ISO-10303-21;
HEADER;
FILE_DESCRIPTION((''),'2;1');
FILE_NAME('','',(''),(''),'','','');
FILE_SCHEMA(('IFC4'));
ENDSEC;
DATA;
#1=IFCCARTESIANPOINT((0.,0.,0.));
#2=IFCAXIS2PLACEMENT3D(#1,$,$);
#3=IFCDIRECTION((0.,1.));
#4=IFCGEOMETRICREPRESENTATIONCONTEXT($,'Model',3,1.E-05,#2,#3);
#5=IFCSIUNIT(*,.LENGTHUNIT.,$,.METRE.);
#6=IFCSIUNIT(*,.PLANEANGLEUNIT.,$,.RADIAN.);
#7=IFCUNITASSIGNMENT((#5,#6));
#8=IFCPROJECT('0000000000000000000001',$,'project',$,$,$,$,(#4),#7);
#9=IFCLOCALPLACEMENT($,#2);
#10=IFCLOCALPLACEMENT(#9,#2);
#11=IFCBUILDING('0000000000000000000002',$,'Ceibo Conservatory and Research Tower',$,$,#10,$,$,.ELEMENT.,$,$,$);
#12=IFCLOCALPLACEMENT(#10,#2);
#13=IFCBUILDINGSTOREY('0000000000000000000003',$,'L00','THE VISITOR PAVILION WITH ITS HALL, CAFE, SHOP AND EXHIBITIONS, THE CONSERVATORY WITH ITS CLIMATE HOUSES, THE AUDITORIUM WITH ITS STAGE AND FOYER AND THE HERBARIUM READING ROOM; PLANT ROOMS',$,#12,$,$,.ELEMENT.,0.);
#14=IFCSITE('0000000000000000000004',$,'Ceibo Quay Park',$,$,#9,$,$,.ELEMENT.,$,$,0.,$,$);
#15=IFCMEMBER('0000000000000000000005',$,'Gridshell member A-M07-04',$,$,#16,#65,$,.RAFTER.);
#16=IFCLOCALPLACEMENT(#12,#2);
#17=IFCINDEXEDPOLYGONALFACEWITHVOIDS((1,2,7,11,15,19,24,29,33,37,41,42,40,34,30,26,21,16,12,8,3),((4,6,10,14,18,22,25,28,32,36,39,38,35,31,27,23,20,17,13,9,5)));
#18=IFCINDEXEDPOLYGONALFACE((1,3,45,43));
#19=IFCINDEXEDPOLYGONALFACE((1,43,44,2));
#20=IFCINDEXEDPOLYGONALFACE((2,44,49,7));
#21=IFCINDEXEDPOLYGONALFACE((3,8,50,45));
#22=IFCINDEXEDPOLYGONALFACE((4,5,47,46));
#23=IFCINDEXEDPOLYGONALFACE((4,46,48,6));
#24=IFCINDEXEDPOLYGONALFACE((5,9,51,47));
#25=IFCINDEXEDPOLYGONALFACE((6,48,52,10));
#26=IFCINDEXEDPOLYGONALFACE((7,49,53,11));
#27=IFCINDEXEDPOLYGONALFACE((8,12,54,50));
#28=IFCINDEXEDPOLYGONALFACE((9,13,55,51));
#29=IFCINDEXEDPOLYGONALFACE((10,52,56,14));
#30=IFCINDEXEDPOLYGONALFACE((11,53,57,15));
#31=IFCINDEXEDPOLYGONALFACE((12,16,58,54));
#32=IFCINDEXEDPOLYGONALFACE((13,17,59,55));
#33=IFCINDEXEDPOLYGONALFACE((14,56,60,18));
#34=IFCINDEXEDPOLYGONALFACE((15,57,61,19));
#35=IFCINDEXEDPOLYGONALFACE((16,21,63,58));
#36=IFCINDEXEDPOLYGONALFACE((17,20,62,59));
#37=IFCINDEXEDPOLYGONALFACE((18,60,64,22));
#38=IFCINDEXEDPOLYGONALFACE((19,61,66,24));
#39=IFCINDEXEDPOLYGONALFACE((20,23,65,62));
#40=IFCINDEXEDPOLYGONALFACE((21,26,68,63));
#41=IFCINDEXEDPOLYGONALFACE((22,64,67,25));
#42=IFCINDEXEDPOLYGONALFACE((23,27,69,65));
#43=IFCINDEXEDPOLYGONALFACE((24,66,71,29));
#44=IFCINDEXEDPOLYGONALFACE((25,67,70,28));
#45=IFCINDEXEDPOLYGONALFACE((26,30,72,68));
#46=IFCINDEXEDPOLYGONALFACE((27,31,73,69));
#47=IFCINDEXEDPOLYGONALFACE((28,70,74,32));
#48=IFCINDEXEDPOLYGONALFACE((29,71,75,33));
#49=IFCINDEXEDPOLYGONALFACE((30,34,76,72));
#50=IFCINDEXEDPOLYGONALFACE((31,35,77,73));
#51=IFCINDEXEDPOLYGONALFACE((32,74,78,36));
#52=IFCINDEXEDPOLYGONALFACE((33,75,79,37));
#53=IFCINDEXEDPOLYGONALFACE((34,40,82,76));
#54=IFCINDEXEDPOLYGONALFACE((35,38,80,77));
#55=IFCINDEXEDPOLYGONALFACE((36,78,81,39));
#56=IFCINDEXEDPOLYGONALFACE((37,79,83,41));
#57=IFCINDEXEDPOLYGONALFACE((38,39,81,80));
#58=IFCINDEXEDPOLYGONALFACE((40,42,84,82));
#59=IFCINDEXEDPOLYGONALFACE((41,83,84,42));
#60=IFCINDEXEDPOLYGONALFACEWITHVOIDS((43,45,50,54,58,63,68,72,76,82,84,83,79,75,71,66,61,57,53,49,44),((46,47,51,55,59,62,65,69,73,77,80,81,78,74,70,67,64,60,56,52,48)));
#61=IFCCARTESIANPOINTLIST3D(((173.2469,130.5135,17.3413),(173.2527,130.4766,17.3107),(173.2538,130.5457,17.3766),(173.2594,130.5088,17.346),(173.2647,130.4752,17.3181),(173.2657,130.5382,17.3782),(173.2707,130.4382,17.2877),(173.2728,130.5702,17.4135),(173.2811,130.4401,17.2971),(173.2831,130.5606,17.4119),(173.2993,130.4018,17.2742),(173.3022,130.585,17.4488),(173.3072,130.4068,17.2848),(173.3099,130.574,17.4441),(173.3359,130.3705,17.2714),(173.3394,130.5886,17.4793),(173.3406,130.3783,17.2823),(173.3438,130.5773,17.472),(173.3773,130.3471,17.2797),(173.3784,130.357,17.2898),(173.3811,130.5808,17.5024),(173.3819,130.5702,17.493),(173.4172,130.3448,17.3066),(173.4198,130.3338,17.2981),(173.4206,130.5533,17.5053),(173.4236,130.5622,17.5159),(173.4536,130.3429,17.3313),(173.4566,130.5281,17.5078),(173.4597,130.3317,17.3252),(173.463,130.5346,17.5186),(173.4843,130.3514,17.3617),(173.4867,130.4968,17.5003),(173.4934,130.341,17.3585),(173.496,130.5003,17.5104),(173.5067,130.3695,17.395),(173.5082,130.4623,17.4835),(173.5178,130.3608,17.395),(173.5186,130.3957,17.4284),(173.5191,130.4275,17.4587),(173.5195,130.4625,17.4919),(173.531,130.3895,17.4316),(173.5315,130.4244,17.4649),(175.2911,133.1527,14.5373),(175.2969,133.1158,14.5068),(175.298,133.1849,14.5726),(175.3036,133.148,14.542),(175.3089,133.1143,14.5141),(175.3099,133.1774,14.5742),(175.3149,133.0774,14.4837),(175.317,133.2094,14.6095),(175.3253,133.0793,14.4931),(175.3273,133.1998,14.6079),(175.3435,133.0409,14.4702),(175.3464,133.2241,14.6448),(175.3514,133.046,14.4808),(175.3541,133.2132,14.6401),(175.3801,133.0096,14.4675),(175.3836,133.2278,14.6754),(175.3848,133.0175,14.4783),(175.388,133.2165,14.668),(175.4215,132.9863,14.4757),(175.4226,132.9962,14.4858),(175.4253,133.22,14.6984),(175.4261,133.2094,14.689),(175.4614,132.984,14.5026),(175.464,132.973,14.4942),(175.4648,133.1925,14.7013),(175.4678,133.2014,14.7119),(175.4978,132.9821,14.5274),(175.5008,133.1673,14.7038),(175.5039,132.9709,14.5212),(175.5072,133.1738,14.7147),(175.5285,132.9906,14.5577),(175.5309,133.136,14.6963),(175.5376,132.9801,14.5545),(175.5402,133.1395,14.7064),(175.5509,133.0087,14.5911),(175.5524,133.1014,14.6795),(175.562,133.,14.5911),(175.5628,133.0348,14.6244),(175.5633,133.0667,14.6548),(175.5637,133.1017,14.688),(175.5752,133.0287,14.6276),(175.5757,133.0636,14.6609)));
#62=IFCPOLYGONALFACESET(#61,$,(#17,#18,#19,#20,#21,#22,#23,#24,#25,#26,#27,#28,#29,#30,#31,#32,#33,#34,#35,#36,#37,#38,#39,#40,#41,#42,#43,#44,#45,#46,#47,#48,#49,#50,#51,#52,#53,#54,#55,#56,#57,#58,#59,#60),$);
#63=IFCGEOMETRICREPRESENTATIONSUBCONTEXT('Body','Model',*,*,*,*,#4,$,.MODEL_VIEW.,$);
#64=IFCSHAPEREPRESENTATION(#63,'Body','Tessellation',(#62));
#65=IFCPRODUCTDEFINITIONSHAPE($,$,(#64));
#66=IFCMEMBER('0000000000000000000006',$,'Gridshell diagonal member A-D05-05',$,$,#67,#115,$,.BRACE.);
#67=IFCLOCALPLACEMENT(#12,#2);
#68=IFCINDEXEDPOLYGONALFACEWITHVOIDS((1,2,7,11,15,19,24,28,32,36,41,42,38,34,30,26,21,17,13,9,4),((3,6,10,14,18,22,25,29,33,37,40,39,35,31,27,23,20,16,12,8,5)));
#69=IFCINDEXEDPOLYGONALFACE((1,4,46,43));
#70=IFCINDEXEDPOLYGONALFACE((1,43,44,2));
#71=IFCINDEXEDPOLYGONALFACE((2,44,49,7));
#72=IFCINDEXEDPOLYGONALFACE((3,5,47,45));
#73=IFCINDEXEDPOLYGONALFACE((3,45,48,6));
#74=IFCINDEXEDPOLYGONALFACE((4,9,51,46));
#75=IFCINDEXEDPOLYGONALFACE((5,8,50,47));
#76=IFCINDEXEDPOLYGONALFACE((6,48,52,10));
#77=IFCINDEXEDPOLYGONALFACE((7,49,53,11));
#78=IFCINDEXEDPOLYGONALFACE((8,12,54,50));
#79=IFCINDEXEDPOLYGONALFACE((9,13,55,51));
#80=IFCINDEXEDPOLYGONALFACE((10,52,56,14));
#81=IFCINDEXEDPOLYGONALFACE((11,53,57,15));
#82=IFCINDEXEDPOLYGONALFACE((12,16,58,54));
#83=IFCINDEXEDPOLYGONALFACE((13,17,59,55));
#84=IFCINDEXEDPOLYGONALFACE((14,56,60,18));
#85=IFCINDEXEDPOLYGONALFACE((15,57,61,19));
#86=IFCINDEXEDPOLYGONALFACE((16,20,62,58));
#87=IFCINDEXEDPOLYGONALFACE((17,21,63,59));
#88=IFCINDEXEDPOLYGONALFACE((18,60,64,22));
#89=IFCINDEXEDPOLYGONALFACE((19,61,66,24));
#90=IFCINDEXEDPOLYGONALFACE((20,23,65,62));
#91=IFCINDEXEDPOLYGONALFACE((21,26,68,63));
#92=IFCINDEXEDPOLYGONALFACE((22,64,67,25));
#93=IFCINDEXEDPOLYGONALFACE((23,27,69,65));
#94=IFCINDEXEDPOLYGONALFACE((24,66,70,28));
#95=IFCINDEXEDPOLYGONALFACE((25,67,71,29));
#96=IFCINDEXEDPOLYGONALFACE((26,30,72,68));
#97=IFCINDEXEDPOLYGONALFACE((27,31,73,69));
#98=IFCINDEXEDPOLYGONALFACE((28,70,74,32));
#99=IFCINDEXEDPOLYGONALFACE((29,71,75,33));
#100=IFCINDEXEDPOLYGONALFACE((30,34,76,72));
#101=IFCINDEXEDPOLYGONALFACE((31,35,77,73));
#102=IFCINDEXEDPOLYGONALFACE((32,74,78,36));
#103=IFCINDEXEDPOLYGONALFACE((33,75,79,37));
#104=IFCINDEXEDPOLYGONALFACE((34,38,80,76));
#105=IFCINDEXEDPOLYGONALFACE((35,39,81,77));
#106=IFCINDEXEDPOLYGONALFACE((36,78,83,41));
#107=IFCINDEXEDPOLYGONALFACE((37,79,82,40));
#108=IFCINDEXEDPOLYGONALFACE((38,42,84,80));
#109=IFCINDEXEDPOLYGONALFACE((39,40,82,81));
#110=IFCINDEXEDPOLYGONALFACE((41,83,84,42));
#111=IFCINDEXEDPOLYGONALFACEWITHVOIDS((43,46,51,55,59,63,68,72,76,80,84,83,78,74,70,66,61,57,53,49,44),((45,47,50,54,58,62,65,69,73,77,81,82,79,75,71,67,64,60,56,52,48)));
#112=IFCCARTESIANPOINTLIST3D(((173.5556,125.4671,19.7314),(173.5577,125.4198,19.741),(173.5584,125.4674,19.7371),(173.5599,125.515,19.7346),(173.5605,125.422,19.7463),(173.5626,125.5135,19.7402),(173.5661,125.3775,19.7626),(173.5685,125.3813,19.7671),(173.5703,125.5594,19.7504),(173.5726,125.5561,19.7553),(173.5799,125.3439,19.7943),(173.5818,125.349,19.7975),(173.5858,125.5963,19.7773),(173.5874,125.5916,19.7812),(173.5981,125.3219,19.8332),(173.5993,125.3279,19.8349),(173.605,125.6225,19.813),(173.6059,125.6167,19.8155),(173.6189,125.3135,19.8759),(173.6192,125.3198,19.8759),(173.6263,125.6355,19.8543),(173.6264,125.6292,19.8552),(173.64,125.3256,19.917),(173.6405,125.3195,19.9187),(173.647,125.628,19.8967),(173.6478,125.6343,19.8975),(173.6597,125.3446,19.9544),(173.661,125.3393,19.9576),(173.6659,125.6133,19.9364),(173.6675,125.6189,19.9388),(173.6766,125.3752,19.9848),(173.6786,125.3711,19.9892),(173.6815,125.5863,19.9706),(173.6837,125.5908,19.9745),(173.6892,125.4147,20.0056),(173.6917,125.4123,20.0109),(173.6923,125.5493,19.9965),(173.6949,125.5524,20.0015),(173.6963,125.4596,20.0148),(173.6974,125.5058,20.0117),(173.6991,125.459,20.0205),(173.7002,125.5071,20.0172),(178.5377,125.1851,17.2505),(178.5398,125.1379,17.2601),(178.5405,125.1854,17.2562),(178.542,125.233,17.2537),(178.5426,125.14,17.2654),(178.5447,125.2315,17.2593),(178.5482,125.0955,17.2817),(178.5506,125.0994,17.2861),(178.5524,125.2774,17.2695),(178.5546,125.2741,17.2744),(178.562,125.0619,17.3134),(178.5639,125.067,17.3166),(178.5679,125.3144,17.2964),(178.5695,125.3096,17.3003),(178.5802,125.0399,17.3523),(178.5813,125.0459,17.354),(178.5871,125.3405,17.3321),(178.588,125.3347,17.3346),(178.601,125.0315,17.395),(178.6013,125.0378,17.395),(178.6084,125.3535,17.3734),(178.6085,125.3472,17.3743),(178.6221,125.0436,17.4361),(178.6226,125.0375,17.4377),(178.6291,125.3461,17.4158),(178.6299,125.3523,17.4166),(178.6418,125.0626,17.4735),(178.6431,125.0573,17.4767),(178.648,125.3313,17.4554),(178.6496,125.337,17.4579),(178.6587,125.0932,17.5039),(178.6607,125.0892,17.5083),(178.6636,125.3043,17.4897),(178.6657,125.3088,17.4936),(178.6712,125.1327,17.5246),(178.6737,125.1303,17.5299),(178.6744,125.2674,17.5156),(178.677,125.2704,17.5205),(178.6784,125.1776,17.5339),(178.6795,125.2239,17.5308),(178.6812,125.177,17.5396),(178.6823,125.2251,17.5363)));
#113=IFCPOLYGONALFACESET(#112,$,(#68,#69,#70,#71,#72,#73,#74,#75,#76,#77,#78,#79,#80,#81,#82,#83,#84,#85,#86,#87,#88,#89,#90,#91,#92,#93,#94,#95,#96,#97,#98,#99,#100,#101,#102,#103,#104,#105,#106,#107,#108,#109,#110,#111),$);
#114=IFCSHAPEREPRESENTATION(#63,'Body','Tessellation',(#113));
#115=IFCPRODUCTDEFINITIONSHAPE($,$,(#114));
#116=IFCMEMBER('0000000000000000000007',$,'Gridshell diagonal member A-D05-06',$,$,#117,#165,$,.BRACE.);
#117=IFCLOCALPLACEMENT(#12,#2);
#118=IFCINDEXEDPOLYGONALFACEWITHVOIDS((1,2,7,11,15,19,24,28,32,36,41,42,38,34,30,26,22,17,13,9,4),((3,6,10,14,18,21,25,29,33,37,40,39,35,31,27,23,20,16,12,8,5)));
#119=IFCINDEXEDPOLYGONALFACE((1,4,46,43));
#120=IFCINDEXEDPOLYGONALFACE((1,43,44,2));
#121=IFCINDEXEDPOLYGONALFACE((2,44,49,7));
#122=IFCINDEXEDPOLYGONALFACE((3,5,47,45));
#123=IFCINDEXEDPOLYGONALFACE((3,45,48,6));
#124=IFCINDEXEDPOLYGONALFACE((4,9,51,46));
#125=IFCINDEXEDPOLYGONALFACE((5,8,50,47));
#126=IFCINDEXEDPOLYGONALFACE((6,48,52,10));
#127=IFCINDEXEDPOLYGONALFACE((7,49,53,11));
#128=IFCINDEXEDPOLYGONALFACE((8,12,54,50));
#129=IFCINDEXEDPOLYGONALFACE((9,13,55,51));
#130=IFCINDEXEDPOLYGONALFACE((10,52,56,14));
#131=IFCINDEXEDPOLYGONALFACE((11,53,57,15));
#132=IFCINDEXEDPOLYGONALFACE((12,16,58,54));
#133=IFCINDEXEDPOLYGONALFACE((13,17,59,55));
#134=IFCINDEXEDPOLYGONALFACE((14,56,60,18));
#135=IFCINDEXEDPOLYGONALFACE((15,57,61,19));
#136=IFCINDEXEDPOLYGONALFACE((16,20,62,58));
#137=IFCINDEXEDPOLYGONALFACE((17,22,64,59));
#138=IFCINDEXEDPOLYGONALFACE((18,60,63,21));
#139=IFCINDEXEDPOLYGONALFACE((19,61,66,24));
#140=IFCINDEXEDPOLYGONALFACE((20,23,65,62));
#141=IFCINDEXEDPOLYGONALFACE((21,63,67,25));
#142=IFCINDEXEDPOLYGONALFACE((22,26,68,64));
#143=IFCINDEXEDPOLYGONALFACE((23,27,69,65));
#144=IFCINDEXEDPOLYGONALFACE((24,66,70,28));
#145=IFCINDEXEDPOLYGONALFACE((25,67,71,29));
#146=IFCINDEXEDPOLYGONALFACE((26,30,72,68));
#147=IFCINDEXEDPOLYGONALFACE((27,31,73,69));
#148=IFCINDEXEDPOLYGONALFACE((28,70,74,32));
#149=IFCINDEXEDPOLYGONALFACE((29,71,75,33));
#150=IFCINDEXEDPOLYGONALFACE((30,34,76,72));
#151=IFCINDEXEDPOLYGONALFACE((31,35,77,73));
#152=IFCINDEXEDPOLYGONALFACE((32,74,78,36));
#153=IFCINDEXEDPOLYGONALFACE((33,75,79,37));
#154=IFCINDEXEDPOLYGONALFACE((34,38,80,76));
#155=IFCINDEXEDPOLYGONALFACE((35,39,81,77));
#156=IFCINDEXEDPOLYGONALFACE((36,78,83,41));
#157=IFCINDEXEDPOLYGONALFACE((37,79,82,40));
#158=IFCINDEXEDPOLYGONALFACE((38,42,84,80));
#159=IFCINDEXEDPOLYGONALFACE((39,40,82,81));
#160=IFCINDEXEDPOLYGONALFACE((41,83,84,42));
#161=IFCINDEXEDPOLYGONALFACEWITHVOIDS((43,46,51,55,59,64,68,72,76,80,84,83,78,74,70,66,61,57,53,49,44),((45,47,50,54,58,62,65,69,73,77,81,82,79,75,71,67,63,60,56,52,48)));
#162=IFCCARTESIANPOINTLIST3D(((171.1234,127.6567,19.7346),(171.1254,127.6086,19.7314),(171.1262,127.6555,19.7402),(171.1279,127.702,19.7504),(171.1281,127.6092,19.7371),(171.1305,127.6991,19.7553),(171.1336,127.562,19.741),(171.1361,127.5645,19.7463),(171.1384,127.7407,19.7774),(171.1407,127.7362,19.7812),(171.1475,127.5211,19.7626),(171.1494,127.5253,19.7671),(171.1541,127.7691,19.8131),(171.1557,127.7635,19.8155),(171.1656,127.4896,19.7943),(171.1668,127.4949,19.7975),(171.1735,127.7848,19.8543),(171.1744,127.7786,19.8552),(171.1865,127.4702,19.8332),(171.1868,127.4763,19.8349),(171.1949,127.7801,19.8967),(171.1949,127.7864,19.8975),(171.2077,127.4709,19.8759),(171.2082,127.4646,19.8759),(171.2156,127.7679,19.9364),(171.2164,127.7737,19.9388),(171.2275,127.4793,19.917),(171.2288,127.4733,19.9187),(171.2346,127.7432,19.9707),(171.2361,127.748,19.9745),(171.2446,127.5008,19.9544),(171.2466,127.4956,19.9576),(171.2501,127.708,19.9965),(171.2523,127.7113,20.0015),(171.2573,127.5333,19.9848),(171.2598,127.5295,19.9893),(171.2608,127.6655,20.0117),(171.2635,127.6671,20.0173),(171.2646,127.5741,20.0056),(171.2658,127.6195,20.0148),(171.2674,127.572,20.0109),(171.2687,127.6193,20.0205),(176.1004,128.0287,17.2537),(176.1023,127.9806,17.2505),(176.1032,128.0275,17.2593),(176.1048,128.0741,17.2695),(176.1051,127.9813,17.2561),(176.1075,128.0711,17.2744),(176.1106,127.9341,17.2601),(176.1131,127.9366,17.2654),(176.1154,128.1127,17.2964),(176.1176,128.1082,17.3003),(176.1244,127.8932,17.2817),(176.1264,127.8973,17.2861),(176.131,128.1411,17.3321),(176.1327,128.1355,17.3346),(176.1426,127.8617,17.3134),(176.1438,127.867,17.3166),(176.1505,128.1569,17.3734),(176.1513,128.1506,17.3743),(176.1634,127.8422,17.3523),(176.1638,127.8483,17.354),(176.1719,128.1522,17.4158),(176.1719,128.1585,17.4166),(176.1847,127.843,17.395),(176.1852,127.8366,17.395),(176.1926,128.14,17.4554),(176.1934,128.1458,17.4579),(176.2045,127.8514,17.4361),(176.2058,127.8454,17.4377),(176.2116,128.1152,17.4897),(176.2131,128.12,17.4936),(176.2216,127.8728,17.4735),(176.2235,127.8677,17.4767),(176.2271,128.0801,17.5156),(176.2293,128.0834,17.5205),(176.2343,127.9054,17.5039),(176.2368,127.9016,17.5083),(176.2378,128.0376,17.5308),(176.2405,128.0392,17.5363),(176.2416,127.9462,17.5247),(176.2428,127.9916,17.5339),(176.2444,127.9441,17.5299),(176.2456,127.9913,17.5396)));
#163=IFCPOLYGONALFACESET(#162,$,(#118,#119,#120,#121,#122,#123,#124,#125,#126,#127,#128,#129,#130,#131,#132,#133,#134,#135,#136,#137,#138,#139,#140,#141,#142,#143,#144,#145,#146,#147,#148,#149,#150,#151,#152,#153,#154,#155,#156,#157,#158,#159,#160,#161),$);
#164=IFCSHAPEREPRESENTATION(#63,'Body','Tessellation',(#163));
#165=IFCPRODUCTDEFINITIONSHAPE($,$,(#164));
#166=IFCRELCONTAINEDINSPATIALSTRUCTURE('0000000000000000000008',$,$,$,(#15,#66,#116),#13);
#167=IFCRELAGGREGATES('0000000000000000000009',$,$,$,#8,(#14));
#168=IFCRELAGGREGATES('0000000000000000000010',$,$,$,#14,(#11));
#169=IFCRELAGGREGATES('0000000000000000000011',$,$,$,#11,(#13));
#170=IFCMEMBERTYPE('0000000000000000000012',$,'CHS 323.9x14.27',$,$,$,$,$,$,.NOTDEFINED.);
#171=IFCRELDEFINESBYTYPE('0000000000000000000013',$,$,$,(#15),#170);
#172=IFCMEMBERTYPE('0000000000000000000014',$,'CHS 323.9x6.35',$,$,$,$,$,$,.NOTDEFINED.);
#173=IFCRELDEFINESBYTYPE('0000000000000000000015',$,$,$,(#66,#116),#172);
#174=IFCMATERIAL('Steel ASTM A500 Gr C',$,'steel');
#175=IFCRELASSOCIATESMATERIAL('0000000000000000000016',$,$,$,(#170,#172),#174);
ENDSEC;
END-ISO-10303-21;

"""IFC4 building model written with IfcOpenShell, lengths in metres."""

from ifc_helpers import new_model, si_unit, direction, frame, origin, origin_2d, place, context, subcontext, project, spatial, hollow_circle, extrude, material, material_profile, profile_set, type_object, element, save


model = new_model("IFC4")

# Units and contexts
model_context = context("Model", 3, precision=1e-05, world=origin(), true_north=direction((0.0, 1.0)))
body_context = subcontext(model_context, "Body", "Model", "MODEL_VIEW")
ifc_project = project(units=[si_unit("LENGTHUNIT", "METRE"), si_unit("PLANEANGLEUNIT", "RADIAN")], contexts=[model_context])

# Site, building, storey
site_placement = place(None, origin())
site = spatial("IfcSite", under=ifc_project, at=site_placement, Name="Ceibo Quay Park", CompositionType="ELEMENT", RefElevation=0.0)
building_placement = place(site_placement, origin())
building = spatial("IfcBuilding", under=site, at=building_placement, Name="Ceibo Conservatory and Research Tower", CompositionType="ELEMENT")
storey_placement = place(building_placement, origin())
storey = spatial("IfcBuildingStorey", under=building, at=storey_placement, Name="L00", Description="THE VISITOR PAVILION WITH ITS HALL, CAFE, SHOP AND EXHIBITIONS, THE CONSERVATORY WITH ITS CLIMATE HOUSES, THE AUDITORIUM WITH ITS STAGE AND FOYER AND THE HERBARIUM READING ROOM; PLANT ROOMS", CompositionType="ELEMENT", Elevation=0.0)

# Members
ifc_material_1 = material(Name="Steel ASTM A500 Gr C", Category="steel")
ifc_material_profile_1 = material_profile(ifc_material_1, hollow_circle(Radius=0.1619, WallThickness=0.0142, at=origin_2d()), Name="CHS 323.9x14.27")
ifc_profile_set_1 = profile_set([ifc_material_profile_1], Name="Steel ASTM A500 Gr C")
member_type_1 = type_object("IfcMemberType", Name="CHS 323.9x14.27", PredefinedType="NOTDEFINED", material=ifc_profile_set_1)
member_1_placement = place(storey_placement, frame((175.4341, 133.0991, 14.5911), z_axis=(-0.468895, -0.605369, 0.643169), x_axis=(0.790583, -0.612355, 0.0)))
element("IfcMember", 1, at=member_1_placement, inside=storey, type_object=member_type_1, Name="Gridshell member A-M07-04", PredefinedType="RAFTER", context=body_context, shape_type="SweptSolid", body=[
    extrude(hollow_circle(Radius=0.1619, WallThickness=0.0142, at=origin_2d()), origin(), (0.0, 0.0, 1.0), 4.3596),
])
ifc_material_profile_2 = material_profile(ifc_material_1, hollow_circle(Radius=0.1619, WallThickness=0.0063, at=origin_2d()), Name="CHS 323.9x6.35")
ifc_profile_set_2 = profile_set([ifc_material_profile_2], Name="Steel ASTM A500 Gr C")
member_type_2 = type_object("IfcMemberType", Name="CHS 323.9x6.35", PredefinedType="NOTDEFINED", material=ifc_profile_set_2)
member_2_placement = place(storey_placement, frame((178.6101, 125.1931, 17.395), z_axis=(-0.894008, 0.050599, 0.445186), x_axis=(-0.056508, -0.998402, 0.0)))
element("IfcMember", 2, at=member_2_placement, inside=storey, type_object=member_type_2, Name="Gridshell diagonal member A-D05-05", PredefinedType="BRACE", context=body_context, shape_type="SweptSolid", body=[
    extrude(hollow_circle(Radius=0.1619, WallThickness=0.0063, at=origin_2d()), origin(), (0.0, 0.0, 1.0), 5.5728),
])
member_3_placement = place(storey_placement, frame((176.1731, 127.998, 17.395), z_axis=(-0.892975, -0.066756, 0.445129), x_axis=(0.074549, -0.997217, 0.0)))
element("IfcMember", 3, at=member_3_placement, inside=storey, type_object=member_type_2, Name="Gridshell diagonal member A-D05-06", PredefinedType="BRACE", context=body_context, shape_type="SweptSolid", body=[
    extrude(hollow_circle(Radius=0.1619, WallThickness=0.0063, at=origin_2d()), origin(), (0.0, 0.0, 1.0), 5.5735),
])

save(model, "model.ifc")
